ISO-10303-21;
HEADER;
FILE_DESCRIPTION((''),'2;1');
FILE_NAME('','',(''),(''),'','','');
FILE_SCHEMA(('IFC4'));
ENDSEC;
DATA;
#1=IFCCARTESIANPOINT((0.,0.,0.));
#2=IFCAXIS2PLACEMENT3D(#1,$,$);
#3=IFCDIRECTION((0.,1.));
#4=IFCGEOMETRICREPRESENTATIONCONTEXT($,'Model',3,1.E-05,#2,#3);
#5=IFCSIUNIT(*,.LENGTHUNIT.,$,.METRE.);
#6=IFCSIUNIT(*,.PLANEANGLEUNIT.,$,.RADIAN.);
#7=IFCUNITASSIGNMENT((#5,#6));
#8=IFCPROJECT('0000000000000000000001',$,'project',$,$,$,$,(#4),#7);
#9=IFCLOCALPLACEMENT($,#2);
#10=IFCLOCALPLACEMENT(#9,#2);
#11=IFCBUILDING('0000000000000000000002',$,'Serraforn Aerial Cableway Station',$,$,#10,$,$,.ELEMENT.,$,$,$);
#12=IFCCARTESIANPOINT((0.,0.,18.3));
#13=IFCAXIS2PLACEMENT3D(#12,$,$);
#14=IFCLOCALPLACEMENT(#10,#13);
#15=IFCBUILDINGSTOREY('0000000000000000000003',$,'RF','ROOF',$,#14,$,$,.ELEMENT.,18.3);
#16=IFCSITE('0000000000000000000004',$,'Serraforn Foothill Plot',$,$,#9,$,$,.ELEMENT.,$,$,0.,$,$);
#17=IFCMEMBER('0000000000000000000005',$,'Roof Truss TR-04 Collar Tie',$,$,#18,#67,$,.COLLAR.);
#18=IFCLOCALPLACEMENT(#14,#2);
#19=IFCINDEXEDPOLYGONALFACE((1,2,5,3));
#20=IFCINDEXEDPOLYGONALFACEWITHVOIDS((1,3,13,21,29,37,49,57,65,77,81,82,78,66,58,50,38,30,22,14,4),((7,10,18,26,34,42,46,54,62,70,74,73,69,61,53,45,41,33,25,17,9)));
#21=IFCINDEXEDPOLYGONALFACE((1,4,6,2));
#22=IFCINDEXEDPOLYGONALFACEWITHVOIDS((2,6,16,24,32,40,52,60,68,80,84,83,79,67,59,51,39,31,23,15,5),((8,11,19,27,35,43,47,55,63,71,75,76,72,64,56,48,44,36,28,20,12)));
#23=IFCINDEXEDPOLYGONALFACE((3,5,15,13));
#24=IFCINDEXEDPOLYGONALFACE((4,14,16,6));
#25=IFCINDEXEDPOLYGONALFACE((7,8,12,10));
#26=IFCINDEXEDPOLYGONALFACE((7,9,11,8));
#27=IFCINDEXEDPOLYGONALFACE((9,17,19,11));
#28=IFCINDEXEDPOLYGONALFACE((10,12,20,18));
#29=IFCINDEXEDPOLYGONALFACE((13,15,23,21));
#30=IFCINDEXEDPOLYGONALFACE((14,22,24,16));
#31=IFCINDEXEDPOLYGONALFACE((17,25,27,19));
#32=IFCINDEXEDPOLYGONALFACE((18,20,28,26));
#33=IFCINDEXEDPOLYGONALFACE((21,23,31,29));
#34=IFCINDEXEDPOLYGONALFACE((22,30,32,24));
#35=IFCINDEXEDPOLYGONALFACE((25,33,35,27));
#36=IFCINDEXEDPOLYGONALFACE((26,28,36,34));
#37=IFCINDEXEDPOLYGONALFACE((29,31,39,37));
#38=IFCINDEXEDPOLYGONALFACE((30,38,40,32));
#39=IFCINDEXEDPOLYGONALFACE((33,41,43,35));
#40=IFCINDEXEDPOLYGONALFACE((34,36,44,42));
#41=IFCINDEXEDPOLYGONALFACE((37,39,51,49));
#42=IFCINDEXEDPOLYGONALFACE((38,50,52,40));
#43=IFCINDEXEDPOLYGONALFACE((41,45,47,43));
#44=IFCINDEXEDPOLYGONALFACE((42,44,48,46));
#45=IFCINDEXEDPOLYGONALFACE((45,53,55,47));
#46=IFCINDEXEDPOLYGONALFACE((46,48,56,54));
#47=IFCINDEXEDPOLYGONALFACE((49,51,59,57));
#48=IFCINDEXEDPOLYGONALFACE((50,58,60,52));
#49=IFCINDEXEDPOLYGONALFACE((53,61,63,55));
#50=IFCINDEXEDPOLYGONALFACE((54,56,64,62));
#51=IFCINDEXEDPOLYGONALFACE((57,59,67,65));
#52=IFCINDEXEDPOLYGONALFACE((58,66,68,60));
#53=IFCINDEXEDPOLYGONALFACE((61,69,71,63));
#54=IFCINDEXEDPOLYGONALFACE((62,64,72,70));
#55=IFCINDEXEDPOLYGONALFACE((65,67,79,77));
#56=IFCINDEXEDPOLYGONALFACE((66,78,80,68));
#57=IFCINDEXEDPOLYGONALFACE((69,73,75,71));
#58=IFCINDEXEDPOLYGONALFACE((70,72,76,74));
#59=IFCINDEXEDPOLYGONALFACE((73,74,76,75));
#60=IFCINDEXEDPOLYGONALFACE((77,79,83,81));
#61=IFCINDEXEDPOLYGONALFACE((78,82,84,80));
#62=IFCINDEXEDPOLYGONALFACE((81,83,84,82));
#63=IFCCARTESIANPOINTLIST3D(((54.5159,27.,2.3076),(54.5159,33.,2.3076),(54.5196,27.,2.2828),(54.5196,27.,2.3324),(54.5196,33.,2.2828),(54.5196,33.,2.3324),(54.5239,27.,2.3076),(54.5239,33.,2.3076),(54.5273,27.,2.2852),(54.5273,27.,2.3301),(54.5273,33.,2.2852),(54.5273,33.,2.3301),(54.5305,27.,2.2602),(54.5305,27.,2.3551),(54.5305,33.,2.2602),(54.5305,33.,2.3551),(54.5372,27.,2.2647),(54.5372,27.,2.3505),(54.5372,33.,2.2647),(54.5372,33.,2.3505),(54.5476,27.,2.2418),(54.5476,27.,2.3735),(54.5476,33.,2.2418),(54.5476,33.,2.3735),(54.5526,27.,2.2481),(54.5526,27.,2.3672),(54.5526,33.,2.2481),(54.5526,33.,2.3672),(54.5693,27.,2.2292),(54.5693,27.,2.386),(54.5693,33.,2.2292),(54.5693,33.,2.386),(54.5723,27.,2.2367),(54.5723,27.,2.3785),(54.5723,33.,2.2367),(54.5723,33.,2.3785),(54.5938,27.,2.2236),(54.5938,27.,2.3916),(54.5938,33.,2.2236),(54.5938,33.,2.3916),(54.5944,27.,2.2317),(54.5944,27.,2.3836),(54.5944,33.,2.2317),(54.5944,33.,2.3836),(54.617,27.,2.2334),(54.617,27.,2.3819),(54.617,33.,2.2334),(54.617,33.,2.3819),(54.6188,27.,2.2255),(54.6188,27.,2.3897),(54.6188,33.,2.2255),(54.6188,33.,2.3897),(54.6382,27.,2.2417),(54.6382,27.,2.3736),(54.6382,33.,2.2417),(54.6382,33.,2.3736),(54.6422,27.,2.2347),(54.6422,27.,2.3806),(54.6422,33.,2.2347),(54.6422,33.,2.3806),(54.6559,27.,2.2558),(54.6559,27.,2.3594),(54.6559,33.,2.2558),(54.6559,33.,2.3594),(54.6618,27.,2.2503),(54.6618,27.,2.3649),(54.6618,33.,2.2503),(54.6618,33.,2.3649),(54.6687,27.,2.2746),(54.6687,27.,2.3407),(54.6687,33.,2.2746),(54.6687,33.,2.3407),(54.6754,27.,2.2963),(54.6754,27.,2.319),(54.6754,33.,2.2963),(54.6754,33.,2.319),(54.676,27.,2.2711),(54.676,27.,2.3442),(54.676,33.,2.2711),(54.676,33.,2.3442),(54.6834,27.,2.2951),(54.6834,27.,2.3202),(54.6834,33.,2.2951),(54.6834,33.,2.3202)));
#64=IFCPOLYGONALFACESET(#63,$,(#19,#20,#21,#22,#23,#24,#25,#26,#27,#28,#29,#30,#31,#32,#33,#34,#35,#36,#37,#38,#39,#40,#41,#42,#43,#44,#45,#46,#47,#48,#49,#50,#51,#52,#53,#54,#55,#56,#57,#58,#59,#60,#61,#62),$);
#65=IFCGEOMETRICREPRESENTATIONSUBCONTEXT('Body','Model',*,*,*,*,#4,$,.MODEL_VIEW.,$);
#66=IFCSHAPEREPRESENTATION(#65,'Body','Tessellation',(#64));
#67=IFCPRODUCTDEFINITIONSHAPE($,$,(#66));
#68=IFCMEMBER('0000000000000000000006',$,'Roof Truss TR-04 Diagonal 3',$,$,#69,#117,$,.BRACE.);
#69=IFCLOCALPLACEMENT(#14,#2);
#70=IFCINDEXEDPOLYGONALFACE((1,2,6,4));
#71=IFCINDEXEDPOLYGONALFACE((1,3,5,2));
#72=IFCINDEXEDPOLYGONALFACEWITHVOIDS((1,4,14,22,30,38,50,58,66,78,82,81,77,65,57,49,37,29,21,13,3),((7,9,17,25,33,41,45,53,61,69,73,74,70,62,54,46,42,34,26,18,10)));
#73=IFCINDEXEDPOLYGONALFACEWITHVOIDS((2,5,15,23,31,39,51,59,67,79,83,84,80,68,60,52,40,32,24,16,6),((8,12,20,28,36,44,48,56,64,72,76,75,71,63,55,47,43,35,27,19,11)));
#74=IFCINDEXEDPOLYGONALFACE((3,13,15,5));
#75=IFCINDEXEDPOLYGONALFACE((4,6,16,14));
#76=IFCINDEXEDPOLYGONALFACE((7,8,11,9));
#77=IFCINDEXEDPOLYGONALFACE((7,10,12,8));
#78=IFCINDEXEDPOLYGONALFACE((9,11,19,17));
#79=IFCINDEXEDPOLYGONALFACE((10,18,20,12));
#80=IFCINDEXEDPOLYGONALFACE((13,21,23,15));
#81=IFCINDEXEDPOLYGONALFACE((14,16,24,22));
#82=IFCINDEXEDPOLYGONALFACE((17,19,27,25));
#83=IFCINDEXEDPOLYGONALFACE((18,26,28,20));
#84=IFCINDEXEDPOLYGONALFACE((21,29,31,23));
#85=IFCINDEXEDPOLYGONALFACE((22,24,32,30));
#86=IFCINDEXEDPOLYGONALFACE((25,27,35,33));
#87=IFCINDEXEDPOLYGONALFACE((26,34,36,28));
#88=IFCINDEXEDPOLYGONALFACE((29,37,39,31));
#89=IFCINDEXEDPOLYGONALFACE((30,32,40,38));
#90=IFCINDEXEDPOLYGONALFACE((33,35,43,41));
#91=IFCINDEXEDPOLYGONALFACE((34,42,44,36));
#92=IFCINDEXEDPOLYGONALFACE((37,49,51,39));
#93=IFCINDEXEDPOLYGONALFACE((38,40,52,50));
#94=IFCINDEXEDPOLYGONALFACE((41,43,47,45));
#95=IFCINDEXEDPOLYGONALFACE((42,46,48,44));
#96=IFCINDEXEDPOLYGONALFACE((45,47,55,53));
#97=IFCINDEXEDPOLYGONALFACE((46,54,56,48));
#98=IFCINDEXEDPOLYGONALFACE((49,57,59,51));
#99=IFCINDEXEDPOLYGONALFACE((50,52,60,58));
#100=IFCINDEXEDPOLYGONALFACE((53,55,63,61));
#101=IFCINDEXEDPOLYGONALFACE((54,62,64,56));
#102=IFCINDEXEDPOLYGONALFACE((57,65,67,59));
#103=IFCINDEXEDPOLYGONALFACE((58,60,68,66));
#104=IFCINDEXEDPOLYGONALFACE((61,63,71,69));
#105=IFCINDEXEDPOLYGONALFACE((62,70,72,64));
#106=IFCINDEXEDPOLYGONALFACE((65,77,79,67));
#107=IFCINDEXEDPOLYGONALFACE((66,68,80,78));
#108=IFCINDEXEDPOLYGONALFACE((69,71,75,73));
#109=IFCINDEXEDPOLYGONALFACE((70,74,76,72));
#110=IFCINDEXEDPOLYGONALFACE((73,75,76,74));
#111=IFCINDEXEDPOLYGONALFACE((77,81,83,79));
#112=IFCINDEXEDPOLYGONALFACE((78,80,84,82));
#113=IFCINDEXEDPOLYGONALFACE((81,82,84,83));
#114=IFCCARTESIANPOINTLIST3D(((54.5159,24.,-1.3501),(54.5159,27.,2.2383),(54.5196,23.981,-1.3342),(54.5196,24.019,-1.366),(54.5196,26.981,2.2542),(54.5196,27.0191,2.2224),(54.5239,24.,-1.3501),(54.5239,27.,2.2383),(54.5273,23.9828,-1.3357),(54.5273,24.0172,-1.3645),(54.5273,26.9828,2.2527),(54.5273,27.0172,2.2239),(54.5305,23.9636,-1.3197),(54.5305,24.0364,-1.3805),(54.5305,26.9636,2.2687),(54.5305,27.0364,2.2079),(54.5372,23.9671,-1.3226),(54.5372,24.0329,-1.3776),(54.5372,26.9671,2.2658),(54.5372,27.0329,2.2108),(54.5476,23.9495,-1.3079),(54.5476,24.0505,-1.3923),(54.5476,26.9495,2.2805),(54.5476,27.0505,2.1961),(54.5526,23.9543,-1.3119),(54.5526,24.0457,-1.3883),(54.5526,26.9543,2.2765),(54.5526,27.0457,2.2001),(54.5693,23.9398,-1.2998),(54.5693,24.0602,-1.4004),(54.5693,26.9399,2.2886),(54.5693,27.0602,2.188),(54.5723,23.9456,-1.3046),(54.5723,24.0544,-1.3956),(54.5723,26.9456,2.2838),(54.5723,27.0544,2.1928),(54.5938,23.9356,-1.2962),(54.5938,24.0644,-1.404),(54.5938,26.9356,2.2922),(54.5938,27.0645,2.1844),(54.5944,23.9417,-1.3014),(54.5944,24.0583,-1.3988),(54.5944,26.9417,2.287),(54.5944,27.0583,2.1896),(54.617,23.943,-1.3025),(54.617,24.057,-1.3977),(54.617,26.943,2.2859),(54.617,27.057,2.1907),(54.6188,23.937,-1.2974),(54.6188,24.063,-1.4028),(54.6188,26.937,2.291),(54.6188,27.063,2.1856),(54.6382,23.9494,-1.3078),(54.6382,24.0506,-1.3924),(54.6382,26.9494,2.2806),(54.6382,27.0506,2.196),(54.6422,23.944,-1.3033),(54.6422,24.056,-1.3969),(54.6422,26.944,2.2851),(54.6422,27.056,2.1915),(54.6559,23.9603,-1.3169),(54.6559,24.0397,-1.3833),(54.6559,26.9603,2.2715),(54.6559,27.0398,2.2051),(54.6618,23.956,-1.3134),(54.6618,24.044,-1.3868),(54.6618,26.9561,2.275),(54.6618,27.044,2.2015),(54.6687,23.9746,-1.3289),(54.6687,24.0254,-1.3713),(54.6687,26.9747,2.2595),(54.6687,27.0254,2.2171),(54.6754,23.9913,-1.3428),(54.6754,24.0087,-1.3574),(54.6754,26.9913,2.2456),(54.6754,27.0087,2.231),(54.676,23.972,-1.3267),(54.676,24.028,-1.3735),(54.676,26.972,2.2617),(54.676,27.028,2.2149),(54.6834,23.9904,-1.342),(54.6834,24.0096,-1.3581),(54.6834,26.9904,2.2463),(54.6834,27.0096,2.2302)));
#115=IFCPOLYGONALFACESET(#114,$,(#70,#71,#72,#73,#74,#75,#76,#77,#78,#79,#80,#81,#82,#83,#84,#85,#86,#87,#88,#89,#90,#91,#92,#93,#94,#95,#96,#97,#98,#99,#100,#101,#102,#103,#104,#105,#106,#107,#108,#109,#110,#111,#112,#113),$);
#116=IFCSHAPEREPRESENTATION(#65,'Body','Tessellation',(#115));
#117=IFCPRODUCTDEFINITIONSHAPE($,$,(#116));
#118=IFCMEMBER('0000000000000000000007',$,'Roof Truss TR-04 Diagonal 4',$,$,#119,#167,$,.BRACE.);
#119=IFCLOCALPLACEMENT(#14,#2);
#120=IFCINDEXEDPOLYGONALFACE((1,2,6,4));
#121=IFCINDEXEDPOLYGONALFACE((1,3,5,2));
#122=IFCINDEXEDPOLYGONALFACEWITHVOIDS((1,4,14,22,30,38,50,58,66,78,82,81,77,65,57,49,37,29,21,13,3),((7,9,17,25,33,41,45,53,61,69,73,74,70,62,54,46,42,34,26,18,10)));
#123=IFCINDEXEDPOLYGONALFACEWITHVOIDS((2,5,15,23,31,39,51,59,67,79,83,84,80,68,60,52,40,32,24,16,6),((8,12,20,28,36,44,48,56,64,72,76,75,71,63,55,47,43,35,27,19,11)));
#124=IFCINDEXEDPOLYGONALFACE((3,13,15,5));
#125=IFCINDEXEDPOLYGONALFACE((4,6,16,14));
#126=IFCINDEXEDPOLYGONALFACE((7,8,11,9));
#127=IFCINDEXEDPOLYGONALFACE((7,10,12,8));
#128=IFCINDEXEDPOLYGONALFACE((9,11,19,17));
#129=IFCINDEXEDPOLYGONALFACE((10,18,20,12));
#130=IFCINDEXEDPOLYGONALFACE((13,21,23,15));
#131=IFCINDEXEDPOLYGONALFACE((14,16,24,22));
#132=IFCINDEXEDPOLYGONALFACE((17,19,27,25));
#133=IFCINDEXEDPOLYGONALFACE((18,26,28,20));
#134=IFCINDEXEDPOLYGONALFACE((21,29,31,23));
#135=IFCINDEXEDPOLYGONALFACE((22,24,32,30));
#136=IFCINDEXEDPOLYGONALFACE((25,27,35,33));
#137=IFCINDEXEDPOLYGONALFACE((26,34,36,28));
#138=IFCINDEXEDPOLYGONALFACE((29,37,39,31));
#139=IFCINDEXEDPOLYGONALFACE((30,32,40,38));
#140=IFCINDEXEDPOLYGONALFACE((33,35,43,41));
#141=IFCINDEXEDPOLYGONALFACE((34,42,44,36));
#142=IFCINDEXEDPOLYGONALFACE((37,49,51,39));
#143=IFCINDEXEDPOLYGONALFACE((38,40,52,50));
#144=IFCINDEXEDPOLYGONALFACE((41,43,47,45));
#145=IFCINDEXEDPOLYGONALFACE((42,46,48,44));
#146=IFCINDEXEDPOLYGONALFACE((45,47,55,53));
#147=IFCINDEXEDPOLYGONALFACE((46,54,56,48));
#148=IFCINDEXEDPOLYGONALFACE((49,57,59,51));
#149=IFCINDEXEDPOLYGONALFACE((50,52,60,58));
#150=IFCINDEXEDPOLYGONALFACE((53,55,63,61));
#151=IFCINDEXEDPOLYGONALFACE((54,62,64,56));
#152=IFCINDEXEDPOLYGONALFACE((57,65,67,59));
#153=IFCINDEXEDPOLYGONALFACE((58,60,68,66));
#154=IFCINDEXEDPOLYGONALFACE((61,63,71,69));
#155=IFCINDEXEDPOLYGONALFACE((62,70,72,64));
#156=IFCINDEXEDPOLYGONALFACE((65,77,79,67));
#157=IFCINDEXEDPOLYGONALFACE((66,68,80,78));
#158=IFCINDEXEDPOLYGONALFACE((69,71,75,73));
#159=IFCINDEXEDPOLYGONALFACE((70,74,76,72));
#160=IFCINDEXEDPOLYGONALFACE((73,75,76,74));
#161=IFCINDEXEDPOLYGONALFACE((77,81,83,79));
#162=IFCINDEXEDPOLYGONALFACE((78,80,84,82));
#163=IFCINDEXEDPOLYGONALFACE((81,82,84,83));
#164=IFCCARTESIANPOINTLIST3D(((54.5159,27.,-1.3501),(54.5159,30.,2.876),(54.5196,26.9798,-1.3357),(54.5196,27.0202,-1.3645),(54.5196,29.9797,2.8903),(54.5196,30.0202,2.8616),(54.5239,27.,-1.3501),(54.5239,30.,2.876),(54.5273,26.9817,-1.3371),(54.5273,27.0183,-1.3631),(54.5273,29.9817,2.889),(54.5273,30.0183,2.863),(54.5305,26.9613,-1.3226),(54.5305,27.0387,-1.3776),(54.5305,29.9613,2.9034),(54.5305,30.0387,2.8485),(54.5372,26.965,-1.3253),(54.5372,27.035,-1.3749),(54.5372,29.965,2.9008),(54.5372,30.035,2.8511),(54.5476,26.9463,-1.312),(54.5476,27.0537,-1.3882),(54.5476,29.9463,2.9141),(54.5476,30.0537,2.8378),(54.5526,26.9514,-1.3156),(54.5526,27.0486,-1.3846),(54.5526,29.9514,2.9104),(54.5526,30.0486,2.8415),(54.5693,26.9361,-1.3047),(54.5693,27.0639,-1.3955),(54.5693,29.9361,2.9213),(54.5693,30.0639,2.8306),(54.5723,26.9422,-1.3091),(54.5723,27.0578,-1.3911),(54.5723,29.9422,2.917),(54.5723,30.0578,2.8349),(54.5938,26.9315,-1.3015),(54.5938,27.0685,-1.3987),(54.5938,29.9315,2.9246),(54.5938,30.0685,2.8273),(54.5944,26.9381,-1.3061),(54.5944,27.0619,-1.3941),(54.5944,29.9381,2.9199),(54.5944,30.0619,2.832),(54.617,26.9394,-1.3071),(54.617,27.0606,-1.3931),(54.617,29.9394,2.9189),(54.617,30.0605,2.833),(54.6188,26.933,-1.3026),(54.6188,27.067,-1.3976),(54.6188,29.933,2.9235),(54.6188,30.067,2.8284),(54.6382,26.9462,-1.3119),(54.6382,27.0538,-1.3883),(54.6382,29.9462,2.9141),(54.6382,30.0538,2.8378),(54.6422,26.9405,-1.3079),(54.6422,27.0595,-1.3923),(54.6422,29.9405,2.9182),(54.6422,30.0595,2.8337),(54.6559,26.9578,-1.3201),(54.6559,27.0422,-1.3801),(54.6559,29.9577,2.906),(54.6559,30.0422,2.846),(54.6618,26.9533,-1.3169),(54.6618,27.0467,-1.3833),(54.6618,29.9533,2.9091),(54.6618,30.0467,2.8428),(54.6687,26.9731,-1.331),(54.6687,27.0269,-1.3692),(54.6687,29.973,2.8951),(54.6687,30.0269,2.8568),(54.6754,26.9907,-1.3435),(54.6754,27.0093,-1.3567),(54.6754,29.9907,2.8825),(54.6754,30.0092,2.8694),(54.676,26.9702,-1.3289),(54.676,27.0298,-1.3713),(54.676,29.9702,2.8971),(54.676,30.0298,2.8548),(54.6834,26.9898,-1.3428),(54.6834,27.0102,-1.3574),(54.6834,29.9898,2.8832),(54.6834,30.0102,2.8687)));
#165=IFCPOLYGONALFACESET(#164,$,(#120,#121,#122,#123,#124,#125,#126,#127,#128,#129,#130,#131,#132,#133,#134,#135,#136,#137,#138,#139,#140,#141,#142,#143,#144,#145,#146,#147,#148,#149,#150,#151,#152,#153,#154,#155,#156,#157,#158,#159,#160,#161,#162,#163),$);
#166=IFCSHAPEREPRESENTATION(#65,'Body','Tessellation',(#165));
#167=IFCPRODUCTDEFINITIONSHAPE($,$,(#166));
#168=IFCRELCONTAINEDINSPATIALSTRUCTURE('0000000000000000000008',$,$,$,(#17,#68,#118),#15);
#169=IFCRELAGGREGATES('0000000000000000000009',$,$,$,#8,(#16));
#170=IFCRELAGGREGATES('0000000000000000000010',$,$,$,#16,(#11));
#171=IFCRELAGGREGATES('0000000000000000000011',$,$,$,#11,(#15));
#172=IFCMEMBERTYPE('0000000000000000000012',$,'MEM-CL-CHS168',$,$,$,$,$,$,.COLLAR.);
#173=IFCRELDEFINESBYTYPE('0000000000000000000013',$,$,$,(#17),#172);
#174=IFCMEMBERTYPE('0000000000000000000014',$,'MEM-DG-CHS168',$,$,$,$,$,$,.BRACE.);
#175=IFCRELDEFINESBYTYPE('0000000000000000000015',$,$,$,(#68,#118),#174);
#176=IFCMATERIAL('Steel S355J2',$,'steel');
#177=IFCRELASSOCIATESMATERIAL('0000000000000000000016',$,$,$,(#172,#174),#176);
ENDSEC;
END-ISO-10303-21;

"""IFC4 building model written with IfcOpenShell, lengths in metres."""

from ifc_helpers import new_model, si_unit, direction, frame, origin, origin_2d, place, context, subcontext, project, spatial, hollow_circle, extrude, material, material_profile, profile_set, type_object, element, save


model = new_model("IFC4")

# Units and contexts
model_context = context("Model", 3, precision=1e-05, world=origin(), true_north=direction((0.0, 1.0)))
body_context = subcontext(model_context, "Body", "Model", "MODEL_VIEW")
ifc_project = project(units=[si_unit("LENGTHUNIT", "METRE"), si_unit("PLANEANGLEUNIT", "RADIAN")], contexts=[model_context])

# Site, building, storey
site_placement = place(None, origin())
site = spatial("IfcSite", under=ifc_project, at=site_placement, Name="Serraforn Foothill Plot", CompositionType="ELEMENT", RefElevation=0.0)
building_placement = place(site_placement, origin())
building = spatial("IfcBuilding", under=site, at=building_placement, Name="Serraforn Aerial Cableway Station", CompositionType="ELEMENT")
storey_placement = place(building_placement, frame((0.0, 0.0, 18.3)))
storey = spatial("IfcBuildingStorey", under=building, at=storey_placement, Name="RF", Description="ROOF", CompositionType="ELEMENT", Elevation=18.3)

# Members
ifc_material_1 = material(Name="Steel S355J2", Category="steel")
ifc_material_profile_1 = material_profile(ifc_material_1, hollow_circle(Radius=0.0842, WallThickness=0.0081, at=origin_2d()), Name="CHS 168.3x8.0")
ifc_profile_set_1 = profile_set([ifc_material_profile_1], Name="Steel S355J2")
member_type_1 = type_object("IfcMemberType", Name="MEM-CL-CHS168", PredefinedType="COLLAR", material=ifc_profile_set_1)
member_1_placement = place(storey_placement, frame((54.6001, 27.0, 2.3076), z_axis=(0.0, 1.0, 0.0), x_axis=(-1.0, 0.0, 0.0)))
element("IfcMember", 1, at=member_1_placement, inside=storey, type_object=member_type_1, Name="Roof Truss TR-04 Collar Tie", PredefinedType="COLLAR", context=body_context, shape_type="SweptSolid", body=[
    extrude(hollow_circle(Radius=0.0842, WallThickness=0.0081, at=origin_2d()), origin(), (0.0, 0.0, 1.0), 6.0),
])
ifc_material_profile_2 = material_profile(ifc_material_1, hollow_circle(Radius=0.0842, WallThickness=0.0081, at=origin_2d()), Name="CHS 168.3x8.0")
ifc_profile_set_2 = profile_set([ifc_material_profile_2], Name="Steel S355J2")
member_type_2 = type_object("IfcMemberType", Name="MEM-DG-CHS168", PredefinedType="BRACE", material=ifc_profile_set_2)
member_2_placement = place(storey_placement, frame((54.6001, 24.0, -1.3501), z_axis=(0.0, 0.641406, 0.767202), x_axis=(-1.0, 0.0, 0.0)))
element("IfcMember", 2, at=member_2_placement, inside=storey, type_object=member_type_2, Name="Roof Truss TR-04 Diagonal 3", PredefinedType="BRACE", context=body_context, shape_type="SweptSolid", body=[
    extrude(hollow_circle(Radius=0.0842, WallThickness=0.0081, at=origin_2d()), origin(), (0.0, 0.0, 1.0), 4.6772),
])
member_3_placement = place(storey_placement, frame((54.6001, 27.0, -1.3501), z_axis=(0.0, 0.578856, 0.81543), x_axis=(-1.0, 0.0, 0.0)))
element("IfcMember", 3, at=member_3_placement, inside=storey, type_object=member_type_2, Name="Roof Truss TR-04 Diagonal 4", PredefinedType="BRACE", context=body_context, shape_type="SweptSolid", body=[
    extrude(hollow_circle(Radius=0.0842, WallThickness=0.0081, at=origin_2d()), origin(), (0.0, 0.0, 1.0), 5.1826),
])

save(model, "model.ifc")
